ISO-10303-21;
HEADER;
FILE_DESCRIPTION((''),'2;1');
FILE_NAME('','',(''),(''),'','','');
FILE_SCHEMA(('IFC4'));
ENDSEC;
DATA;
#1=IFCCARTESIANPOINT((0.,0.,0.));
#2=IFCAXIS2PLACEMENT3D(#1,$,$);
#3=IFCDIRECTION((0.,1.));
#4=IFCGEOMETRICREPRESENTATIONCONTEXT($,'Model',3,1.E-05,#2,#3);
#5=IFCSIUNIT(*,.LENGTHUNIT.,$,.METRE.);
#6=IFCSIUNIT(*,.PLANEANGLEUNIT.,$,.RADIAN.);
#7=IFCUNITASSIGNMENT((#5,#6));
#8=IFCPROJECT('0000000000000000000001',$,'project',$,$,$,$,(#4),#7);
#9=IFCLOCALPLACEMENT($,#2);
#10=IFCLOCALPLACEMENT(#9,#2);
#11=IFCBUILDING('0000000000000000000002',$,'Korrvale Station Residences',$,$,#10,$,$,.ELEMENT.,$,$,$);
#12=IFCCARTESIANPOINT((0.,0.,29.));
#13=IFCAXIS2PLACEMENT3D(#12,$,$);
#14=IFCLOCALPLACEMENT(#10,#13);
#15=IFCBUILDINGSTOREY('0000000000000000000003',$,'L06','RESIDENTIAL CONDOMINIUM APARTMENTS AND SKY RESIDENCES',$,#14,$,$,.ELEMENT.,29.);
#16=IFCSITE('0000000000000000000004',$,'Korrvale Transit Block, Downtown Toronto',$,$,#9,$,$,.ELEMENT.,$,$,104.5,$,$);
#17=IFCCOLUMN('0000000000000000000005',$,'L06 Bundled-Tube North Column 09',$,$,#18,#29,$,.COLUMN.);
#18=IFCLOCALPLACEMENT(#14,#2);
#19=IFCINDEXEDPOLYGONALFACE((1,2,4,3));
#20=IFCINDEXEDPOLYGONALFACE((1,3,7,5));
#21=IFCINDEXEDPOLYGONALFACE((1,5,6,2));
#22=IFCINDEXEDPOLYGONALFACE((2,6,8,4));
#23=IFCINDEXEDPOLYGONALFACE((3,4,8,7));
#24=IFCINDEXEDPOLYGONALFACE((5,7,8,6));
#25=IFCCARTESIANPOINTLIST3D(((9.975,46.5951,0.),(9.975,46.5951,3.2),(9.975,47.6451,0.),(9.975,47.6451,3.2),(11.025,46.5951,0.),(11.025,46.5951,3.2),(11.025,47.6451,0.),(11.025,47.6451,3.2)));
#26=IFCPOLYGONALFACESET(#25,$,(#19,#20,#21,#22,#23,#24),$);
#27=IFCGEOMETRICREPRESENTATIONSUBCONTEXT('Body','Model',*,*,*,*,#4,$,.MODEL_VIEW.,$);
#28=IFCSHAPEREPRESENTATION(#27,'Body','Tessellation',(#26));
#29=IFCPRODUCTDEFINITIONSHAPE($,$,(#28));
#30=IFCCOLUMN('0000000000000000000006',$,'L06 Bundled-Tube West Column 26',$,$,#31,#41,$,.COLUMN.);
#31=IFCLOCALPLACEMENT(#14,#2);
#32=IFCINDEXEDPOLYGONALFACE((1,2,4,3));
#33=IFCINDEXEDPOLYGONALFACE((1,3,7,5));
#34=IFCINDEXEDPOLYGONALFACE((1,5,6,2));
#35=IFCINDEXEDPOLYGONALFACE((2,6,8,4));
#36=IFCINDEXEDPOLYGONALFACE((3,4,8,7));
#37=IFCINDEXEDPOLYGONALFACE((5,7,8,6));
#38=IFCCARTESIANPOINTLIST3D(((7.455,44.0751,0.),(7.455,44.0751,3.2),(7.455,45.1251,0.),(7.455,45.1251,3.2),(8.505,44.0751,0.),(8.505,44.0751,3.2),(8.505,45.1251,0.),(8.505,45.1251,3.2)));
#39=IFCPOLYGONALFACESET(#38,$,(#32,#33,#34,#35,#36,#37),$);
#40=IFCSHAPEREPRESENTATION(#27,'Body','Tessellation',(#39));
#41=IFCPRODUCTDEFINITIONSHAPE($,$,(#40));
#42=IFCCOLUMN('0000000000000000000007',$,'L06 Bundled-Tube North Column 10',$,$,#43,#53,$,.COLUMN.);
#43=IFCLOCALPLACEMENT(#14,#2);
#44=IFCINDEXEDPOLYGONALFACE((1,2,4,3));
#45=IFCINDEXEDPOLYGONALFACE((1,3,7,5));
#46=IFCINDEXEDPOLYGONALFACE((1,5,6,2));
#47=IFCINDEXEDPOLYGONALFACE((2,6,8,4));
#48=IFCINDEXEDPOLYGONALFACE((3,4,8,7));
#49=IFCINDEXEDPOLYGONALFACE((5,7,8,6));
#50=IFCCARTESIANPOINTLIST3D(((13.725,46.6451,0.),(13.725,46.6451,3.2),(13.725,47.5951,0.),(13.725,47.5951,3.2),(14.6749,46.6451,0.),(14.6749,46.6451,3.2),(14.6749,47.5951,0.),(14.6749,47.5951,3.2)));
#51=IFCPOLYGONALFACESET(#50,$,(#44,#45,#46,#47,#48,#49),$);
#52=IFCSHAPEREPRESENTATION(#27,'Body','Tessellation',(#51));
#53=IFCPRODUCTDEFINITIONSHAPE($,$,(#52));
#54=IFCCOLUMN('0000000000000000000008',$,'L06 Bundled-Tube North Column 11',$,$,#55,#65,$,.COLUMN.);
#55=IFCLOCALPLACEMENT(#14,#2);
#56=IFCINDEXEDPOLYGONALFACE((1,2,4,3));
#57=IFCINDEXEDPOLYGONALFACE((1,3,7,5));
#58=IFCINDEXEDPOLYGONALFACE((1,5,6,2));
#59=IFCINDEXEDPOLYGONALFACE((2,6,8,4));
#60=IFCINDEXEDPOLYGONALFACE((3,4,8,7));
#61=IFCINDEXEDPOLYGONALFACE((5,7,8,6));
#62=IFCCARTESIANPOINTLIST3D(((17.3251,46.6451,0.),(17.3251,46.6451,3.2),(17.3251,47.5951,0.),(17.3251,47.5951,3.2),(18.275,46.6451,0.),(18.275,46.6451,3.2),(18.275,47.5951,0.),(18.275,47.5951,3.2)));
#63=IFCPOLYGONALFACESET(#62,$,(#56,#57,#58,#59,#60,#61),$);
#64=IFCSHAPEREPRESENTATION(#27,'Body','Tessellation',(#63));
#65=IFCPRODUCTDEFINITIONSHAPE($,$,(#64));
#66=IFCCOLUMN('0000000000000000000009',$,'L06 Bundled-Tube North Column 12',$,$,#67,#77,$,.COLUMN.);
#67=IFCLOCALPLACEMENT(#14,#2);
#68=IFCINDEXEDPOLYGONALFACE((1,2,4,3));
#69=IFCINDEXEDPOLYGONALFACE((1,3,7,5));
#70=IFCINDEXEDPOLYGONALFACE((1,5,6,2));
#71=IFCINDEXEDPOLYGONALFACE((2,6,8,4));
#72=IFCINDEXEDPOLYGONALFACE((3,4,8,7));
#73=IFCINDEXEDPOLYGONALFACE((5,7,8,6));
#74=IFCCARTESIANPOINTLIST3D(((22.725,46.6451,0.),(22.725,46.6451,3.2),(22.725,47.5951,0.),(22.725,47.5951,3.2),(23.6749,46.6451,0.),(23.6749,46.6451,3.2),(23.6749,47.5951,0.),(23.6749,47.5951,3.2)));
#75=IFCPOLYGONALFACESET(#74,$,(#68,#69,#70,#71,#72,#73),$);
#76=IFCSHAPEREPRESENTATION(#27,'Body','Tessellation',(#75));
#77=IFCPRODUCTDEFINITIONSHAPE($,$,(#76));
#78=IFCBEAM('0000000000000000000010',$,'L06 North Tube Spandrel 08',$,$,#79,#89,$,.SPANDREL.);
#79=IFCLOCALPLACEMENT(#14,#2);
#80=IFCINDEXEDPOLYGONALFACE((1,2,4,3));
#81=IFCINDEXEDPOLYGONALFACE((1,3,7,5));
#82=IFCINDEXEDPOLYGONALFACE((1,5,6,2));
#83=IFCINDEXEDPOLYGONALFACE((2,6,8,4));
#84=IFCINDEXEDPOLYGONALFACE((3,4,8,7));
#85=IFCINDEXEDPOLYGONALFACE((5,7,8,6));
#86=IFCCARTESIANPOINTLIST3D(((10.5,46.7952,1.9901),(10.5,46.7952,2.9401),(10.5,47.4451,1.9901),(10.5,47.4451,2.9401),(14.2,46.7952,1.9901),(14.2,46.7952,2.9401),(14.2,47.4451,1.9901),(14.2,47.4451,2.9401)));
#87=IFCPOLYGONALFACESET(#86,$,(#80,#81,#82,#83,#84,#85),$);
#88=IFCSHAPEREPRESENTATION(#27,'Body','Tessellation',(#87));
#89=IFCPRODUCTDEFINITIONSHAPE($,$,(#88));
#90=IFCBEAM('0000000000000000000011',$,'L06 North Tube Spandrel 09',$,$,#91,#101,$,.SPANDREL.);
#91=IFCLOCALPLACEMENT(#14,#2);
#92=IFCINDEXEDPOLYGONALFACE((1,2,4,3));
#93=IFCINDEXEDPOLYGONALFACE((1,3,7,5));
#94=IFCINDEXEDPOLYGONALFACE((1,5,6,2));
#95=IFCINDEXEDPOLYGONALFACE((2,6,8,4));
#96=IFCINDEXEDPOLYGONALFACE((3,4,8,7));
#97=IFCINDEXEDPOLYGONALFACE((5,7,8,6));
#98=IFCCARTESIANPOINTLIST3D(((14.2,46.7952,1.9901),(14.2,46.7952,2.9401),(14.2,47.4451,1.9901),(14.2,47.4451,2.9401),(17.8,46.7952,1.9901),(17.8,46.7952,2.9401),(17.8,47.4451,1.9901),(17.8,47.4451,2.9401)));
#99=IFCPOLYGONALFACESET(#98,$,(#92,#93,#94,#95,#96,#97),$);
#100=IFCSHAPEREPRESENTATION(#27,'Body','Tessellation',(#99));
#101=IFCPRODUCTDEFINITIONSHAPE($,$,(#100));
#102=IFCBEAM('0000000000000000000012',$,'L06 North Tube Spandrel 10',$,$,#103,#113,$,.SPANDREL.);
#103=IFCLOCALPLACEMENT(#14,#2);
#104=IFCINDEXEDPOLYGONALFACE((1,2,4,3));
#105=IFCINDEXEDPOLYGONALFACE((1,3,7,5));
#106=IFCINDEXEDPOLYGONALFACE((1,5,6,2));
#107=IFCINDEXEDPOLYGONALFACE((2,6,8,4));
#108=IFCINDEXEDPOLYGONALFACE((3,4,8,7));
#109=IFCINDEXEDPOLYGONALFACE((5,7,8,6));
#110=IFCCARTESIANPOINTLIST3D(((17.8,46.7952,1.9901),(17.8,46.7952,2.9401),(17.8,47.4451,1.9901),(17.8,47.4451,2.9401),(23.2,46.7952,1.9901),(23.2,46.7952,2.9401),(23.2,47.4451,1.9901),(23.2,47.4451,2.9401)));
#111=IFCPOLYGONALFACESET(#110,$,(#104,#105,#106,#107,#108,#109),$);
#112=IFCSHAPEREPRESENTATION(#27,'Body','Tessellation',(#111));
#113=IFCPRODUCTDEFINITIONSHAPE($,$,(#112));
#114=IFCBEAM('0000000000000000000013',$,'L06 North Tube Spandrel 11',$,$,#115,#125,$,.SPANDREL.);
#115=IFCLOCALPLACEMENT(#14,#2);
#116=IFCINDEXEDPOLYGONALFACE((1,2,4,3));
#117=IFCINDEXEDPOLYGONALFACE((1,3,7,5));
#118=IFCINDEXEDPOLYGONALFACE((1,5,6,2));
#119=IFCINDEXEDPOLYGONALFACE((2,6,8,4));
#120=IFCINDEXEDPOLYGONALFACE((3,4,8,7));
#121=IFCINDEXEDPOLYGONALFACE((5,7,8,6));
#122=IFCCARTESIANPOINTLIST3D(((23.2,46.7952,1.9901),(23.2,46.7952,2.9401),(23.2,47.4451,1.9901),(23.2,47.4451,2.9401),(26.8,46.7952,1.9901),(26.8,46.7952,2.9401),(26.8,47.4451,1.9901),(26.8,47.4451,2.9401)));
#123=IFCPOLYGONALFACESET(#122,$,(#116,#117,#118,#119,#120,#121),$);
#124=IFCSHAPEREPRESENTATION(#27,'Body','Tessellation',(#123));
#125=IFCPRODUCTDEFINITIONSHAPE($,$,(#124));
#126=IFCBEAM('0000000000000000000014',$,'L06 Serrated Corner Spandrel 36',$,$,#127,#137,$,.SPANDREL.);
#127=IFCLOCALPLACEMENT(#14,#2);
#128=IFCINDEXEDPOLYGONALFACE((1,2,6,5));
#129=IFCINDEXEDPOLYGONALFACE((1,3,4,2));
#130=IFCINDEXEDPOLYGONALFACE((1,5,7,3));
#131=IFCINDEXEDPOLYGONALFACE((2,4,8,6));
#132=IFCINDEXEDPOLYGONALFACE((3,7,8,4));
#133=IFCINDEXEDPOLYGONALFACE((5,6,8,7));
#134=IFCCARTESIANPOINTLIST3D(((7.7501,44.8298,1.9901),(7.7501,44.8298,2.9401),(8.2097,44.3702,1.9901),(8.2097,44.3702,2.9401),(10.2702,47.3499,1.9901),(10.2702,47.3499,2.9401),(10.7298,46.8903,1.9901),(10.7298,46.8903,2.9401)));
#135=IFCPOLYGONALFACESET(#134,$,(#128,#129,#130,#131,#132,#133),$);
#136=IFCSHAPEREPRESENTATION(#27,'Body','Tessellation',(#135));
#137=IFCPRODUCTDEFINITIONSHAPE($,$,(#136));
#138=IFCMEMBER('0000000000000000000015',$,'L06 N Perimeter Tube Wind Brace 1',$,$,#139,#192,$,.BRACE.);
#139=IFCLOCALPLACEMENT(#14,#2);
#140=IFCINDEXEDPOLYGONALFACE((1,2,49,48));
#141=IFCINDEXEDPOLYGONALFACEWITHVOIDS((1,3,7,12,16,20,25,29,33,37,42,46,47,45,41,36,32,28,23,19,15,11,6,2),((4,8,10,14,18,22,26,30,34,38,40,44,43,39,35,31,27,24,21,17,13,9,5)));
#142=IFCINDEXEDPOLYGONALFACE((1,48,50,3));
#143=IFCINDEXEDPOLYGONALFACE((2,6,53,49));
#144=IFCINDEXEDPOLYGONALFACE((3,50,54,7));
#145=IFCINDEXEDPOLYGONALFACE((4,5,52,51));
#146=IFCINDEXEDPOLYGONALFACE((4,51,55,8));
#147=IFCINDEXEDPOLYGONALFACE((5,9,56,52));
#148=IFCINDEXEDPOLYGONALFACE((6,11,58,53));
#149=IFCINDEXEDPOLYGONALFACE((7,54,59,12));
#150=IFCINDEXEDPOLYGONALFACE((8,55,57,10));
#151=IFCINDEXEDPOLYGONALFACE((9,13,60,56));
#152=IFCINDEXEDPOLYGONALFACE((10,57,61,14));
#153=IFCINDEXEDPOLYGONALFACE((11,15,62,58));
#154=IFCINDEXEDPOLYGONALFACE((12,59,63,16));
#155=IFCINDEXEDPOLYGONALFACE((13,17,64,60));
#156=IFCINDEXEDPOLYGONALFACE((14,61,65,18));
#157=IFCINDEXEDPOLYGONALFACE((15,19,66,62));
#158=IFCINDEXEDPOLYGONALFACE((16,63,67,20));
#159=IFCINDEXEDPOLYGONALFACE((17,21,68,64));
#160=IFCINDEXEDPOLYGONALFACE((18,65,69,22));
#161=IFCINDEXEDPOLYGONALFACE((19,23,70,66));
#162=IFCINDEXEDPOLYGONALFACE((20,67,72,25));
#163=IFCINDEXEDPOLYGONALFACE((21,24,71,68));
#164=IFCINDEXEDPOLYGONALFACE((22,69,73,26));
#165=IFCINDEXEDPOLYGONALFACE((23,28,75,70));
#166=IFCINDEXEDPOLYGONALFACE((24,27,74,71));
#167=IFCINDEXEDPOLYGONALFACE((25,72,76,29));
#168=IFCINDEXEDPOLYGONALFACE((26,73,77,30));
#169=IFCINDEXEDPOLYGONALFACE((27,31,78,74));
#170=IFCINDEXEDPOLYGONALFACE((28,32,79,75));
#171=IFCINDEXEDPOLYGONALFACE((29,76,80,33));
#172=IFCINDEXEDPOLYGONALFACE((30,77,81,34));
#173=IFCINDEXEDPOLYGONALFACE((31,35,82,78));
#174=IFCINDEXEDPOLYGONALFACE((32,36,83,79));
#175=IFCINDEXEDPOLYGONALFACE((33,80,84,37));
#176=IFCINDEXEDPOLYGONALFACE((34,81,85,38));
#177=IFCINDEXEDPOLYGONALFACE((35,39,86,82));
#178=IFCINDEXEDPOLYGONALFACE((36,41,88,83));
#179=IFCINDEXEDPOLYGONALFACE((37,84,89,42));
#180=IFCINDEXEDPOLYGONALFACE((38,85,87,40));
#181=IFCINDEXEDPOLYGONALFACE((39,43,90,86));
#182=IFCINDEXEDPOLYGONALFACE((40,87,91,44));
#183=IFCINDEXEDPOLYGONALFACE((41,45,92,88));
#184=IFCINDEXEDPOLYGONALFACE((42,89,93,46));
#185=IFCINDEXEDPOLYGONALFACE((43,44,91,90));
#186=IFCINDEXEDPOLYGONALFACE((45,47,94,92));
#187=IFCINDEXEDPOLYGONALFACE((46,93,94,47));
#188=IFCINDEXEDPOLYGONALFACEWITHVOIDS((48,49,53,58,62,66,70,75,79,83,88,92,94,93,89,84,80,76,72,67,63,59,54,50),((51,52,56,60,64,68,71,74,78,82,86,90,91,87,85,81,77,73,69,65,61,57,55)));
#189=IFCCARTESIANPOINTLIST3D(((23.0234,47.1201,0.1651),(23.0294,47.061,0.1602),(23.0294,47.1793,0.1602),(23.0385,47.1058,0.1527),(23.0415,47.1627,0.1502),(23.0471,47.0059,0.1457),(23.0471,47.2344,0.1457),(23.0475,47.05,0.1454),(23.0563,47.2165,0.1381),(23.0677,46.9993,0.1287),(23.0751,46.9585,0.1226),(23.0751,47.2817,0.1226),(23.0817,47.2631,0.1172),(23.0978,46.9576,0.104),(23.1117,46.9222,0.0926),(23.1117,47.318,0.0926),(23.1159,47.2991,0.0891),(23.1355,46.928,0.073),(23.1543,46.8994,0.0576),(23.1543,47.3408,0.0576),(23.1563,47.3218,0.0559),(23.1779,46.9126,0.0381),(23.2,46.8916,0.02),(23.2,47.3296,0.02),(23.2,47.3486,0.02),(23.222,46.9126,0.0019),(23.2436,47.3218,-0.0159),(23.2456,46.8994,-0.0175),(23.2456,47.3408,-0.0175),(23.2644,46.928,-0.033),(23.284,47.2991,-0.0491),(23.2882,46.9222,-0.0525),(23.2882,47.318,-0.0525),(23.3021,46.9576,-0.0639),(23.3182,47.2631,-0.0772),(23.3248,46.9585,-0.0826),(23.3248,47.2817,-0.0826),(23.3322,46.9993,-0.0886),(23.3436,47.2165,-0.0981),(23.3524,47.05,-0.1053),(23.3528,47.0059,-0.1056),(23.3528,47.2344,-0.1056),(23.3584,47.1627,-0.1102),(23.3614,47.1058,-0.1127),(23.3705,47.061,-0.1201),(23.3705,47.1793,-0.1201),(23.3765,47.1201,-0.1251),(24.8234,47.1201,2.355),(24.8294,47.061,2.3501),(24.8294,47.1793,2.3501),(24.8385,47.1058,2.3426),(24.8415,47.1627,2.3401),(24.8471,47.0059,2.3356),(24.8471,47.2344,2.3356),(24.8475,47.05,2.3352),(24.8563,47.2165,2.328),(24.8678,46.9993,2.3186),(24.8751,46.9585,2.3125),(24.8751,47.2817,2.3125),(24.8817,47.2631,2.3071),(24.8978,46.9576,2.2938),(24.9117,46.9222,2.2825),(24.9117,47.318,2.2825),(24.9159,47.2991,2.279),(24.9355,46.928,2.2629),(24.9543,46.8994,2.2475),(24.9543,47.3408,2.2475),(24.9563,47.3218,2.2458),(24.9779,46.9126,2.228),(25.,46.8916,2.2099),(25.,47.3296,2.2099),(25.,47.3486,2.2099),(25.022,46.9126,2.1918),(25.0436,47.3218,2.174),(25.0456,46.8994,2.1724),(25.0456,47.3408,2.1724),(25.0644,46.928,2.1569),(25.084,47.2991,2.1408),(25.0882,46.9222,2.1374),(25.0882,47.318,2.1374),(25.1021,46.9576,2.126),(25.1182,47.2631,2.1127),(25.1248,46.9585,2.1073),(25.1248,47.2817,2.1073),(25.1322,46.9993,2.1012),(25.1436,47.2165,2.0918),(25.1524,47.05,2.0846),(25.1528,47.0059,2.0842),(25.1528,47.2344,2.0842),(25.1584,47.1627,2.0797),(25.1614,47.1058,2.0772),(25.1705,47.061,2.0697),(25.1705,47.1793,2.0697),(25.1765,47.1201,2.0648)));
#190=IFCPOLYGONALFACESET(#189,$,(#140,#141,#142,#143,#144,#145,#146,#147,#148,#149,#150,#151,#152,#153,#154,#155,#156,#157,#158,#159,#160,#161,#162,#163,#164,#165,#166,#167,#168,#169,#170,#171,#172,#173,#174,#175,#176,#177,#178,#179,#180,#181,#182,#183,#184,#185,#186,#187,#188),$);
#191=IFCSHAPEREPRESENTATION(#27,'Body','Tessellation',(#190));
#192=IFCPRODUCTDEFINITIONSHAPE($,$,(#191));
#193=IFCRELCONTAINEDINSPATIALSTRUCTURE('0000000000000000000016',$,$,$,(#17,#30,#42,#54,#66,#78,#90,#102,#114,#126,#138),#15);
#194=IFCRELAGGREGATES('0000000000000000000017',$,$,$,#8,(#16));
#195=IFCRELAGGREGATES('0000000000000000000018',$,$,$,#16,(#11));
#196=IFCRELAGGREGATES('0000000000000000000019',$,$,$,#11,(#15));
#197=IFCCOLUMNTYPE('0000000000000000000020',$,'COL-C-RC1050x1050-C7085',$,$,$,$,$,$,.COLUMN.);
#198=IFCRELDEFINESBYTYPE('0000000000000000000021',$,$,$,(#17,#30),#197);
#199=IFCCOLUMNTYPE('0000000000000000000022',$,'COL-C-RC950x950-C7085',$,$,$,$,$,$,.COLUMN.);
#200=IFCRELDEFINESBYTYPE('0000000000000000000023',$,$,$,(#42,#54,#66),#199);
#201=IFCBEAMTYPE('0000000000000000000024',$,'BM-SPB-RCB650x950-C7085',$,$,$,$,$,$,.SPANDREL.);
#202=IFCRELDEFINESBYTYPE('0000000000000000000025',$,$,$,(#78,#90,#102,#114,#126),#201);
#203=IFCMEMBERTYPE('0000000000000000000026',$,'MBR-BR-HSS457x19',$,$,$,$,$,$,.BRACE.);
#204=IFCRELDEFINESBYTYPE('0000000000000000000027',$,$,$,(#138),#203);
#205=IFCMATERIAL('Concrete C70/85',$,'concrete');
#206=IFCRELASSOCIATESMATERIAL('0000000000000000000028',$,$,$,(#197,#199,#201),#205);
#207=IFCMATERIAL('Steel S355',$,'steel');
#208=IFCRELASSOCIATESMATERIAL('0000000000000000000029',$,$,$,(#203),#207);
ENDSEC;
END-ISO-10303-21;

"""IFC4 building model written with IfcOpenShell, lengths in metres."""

from ifc_helpers import new_model, si_unit, direction, frame, origin, origin_2d, place, context, subcontext, project, spatial, rectangle, hollow_circle, extrude, material, material_profile, profile_set, type_object, element, save


model = new_model("IFC4")

# Units and contexts
model_context = context("Model", 3, precision=1e-05, world=origin(), true_north=direction((0.0, 1.0)))
body_context = subcontext(model_context, "Body", "Model", "MODEL_VIEW")
ifc_project = project(units=[si_unit("LENGTHUNIT", "METRE"), si_unit("PLANEANGLEUNIT", "RADIAN")], contexts=[model_context])

# Site, building, storey
site_placement = place(None, origin())
site = spatial("IfcSite", under=ifc_project, at=site_placement, Name="Korrvale Transit Block, Downtown Toronto", CompositionType="ELEMENT", RefElevation=104.5)
building_placement = place(site_placement, origin())
building = spatial("IfcBuilding", under=site, at=building_placement, Name="Korrvale Station Residences", CompositionType="ELEMENT")
storey_placement = place(building_placement, frame((0.0, 0.0, 29.0)))
storey = spatial("IfcBuildingStorey", under=building, at=storey_placement, Name="L06", Description="RESIDENTIAL CONDOMINIUM APARTMENTS AND SKY RESIDENCES", CompositionType="ELEMENT", Elevation=29.0)

# Columns
ifc_material_1 = material(Name="Concrete C70/85", Category="concrete")
ifc_material_profile_1 = material_profile(ifc_material_1, rectangle(XDim=1.05, YDim=1.05, at=origin_2d()), Name="RC1050x1050")
ifc_profile_set_1 = profile_set([ifc_material_profile_1], Name="Concrete C70/85")
column_type_1 = type_object("IfcColumnType", Name="COL-C-RC1050x1050-C7085", PredefinedType="COLUMN", material=ifc_profile_set_1)
for number, where, z_axis, x_axis, name in (
    (1, (10.5, 47.1201, 0.0), (0.0, 0.0, 1.0), (1.0, 0.0, 0.0), "L06 Bundled-Tube North Column 09"),
    (2, (7.98, 44.6001, 0.0), (0.0, 0.0, 1.0), (1.0, 0.0, 0.0), "L06 Bundled-Tube West Column 26"),
):
    element("IfcColumn", number, at=place(storey_placement, frame(where, z_axis=z_axis, x_axis=x_axis)), inside=storey, type_object=column_type_1, Name=name, PredefinedType="COLUMN", context=body_context, shape_type="SweptSolid", body=[
        extrude(rectangle(XDim=1.05, YDim=1.05, at=origin_2d()), origin(), (0.0, 0.0, 1.0), 3.2),
    ])
ifc_material_profile_2 = material_profile(ifc_material_1, rectangle(XDim=0.95, YDim=0.95, at=origin_2d()), Name="RC950x950")
ifc_profile_set_2 = profile_set([ifc_material_profile_2], Name="Concrete C70/85")
column_type_2 = type_object("IfcColumnType", Name="COL-C-RC950x950-C7085", PredefinedType="COLUMN", material=ifc_profile_set_2)
for number, where, z_axis, x_axis, name in (
    (3, (14.2, 47.1201, 0.0), (0.0, 0.0, 1.0), (1.0, 0.0, 0.0), "L06 Bundled-Tube North Column 10"),
    (4, (17.8, 47.1201, 0.0), (0.0, 0.0, 1.0), (1.0, 0.0, 0.0), "L06 Bundled-Tube North Column 11"),
    (5, (23.2, 47.1201, 0.0), (0.0, 0.0, 1.0), (1.0, 0.0, 0.0), "L06 Bundled-Tube North Column 12"),
):
    element("IfcColumn", number, at=place(storey_placement, frame(where, z_axis=z_axis, x_axis=x_axis)), inside=storey, type_object=column_type_2, Name=name, PredefinedType="COLUMN", context=body_context, shape_type="SweptSolid", body=[
        extrude(rectangle(XDim=0.95, YDim=0.95, at=origin_2d()), origin(), (0.0, 0.0, 1.0), 3.2),
    ])

# Beams
ifc_material_profile_3 = material_profile(ifc_material_1, rectangle(XDim=0.6499, YDim=0.95, at=origin_2d()), Name="RCB650x950")
ifc_profile_set_3 = profile_set([ifc_material_profile_3], Name="Concrete C70/85")
beam_type = type_object("IfcBeamType", Name="BM-SPB-RCB650x950-C7085", PredefinedType="SPANDREL", material=ifc_profile_set_3)
beam_1_placement = place(storey_placement, frame((10.5, 47.1201, 2.4651), z_axis=(1.0, 0.0, 0.0), x_axis=(0.0, 1.0, 0.0)))
element("IfcBeam", 6, at=beam_1_placement, inside=storey, type_object=beam_type, Name="L06 North Tube Spandrel 08", PredefinedType="SPANDREL", context=body_context, shape_type="SweptSolid", body=[
    extrude(rectangle(XDim=0.6499, YDim=0.95, at=origin_2d()), origin(), (0.0, 0.0, 1.0), 3.7),
])
beam_2_placement = place(storey_placement, frame((14.2, 47.1201, 2.4651), z_axis=(1.0, 0.0, 0.0), x_axis=(0.0, 1.0, 0.0)))
element("IfcBeam", 7, at=beam_2_placement, inside=storey, type_object=beam_type, Name="L06 North Tube Spandrel 09", PredefinedType="SPANDREL", context=body_context, shape_type="SweptSolid", body=[
    extrude(rectangle(XDim=0.6499, YDim=0.95, at=origin_2d()), origin(), (0.0, 0.0, 1.0), 3.6001),
])
beam_3_placement = place(storey_placement, frame((17.8, 47.1201, 2.4651), z_axis=(1.0, 0.0, 0.0), x_axis=(0.0, 1.0, 0.0)))
element("IfcBeam", 8, at=beam_3_placement, inside=storey, type_object=beam_type, Name="L06 North Tube Spandrel 10", PredefinedType="SPANDREL", context=body_context, shape_type="SweptSolid", body=[
    extrude(rectangle(XDim=0.6499, YDim=0.95, at=origin_2d()), origin(), (0.0, 0.0, 1.0), 5.3999),
])
beam_4_placement = place(storey_placement, frame((23.2, 47.1201, 2.4651), z_axis=(1.0, 0.0, 0.0), x_axis=(0.0, 1.0, 0.0)))
element("IfcBeam", 9, at=beam_4_placement, inside=storey, type_object=beam_type, Name="L06 North Tube Spandrel 11", PredefinedType="SPANDREL", context=body_context, shape_type="SweptSolid", body=[
    extrude(rectangle(XDim=0.6499, YDim=0.95, at=origin_2d()), origin(), (0.0, 0.0, 1.0), 3.6001),
])
beam_5_placement = place(storey_placement, frame((10.5, 47.1201, 2.4651), z_axis=(-0.707107, -0.707107, 0.0), x_axis=(0.707107, -0.707107, 0.0)))
element("IfcBeam", 10, at=beam_5_placement, inside=storey, type_object=beam_type, Name="L06 Serrated Corner Spandrel 36", PredefinedType="SPANDREL", context=body_context, shape_type="SweptSolid", body=[
    extrude(rectangle(XDim=0.6499, YDim=0.95, at=origin_2d()), origin(), (0.0, 0.0, 1.0), 3.564),
])

# Member
ifc_material_2 = material(Name="Steel S355", Category="steel")
ifc_material_profile_4 = material_profile(ifc_material_2, hollow_circle(Radius=0.2285, WallThickness=0.019, at=origin_2d()), Name="HSS457x19")
ifc_profile_set_4 = profile_set([ifc_material_profile_4], Name="Steel S355")
member_type = type_object("IfcMemberType", Name="MBR-BR-HSS457x19", PredefinedType="BRACE", material=ifc_profile_set_4)
member_placement = place(storey_placement, frame((23.2, 47.1201, 0.02), z_axis=(0.634985, 0.0, 0.772524), x_axis=(0.0, 1.0, 0.0)))
element("IfcMember", 11, at=member_placement, inside=storey, type_object=member_type, Name="L06 N Perimeter Tube Wind Brace 1", PredefinedType="BRACE", context=body_context, shape_type="SweptSolid", body=[
    extrude(hollow_circle(Radius=0.2285, WallThickness=0.019, at=origin_2d()), origin(), (0.0, 0.0, 1.0), 2.8347),
])

save(model, "model.ifc")
